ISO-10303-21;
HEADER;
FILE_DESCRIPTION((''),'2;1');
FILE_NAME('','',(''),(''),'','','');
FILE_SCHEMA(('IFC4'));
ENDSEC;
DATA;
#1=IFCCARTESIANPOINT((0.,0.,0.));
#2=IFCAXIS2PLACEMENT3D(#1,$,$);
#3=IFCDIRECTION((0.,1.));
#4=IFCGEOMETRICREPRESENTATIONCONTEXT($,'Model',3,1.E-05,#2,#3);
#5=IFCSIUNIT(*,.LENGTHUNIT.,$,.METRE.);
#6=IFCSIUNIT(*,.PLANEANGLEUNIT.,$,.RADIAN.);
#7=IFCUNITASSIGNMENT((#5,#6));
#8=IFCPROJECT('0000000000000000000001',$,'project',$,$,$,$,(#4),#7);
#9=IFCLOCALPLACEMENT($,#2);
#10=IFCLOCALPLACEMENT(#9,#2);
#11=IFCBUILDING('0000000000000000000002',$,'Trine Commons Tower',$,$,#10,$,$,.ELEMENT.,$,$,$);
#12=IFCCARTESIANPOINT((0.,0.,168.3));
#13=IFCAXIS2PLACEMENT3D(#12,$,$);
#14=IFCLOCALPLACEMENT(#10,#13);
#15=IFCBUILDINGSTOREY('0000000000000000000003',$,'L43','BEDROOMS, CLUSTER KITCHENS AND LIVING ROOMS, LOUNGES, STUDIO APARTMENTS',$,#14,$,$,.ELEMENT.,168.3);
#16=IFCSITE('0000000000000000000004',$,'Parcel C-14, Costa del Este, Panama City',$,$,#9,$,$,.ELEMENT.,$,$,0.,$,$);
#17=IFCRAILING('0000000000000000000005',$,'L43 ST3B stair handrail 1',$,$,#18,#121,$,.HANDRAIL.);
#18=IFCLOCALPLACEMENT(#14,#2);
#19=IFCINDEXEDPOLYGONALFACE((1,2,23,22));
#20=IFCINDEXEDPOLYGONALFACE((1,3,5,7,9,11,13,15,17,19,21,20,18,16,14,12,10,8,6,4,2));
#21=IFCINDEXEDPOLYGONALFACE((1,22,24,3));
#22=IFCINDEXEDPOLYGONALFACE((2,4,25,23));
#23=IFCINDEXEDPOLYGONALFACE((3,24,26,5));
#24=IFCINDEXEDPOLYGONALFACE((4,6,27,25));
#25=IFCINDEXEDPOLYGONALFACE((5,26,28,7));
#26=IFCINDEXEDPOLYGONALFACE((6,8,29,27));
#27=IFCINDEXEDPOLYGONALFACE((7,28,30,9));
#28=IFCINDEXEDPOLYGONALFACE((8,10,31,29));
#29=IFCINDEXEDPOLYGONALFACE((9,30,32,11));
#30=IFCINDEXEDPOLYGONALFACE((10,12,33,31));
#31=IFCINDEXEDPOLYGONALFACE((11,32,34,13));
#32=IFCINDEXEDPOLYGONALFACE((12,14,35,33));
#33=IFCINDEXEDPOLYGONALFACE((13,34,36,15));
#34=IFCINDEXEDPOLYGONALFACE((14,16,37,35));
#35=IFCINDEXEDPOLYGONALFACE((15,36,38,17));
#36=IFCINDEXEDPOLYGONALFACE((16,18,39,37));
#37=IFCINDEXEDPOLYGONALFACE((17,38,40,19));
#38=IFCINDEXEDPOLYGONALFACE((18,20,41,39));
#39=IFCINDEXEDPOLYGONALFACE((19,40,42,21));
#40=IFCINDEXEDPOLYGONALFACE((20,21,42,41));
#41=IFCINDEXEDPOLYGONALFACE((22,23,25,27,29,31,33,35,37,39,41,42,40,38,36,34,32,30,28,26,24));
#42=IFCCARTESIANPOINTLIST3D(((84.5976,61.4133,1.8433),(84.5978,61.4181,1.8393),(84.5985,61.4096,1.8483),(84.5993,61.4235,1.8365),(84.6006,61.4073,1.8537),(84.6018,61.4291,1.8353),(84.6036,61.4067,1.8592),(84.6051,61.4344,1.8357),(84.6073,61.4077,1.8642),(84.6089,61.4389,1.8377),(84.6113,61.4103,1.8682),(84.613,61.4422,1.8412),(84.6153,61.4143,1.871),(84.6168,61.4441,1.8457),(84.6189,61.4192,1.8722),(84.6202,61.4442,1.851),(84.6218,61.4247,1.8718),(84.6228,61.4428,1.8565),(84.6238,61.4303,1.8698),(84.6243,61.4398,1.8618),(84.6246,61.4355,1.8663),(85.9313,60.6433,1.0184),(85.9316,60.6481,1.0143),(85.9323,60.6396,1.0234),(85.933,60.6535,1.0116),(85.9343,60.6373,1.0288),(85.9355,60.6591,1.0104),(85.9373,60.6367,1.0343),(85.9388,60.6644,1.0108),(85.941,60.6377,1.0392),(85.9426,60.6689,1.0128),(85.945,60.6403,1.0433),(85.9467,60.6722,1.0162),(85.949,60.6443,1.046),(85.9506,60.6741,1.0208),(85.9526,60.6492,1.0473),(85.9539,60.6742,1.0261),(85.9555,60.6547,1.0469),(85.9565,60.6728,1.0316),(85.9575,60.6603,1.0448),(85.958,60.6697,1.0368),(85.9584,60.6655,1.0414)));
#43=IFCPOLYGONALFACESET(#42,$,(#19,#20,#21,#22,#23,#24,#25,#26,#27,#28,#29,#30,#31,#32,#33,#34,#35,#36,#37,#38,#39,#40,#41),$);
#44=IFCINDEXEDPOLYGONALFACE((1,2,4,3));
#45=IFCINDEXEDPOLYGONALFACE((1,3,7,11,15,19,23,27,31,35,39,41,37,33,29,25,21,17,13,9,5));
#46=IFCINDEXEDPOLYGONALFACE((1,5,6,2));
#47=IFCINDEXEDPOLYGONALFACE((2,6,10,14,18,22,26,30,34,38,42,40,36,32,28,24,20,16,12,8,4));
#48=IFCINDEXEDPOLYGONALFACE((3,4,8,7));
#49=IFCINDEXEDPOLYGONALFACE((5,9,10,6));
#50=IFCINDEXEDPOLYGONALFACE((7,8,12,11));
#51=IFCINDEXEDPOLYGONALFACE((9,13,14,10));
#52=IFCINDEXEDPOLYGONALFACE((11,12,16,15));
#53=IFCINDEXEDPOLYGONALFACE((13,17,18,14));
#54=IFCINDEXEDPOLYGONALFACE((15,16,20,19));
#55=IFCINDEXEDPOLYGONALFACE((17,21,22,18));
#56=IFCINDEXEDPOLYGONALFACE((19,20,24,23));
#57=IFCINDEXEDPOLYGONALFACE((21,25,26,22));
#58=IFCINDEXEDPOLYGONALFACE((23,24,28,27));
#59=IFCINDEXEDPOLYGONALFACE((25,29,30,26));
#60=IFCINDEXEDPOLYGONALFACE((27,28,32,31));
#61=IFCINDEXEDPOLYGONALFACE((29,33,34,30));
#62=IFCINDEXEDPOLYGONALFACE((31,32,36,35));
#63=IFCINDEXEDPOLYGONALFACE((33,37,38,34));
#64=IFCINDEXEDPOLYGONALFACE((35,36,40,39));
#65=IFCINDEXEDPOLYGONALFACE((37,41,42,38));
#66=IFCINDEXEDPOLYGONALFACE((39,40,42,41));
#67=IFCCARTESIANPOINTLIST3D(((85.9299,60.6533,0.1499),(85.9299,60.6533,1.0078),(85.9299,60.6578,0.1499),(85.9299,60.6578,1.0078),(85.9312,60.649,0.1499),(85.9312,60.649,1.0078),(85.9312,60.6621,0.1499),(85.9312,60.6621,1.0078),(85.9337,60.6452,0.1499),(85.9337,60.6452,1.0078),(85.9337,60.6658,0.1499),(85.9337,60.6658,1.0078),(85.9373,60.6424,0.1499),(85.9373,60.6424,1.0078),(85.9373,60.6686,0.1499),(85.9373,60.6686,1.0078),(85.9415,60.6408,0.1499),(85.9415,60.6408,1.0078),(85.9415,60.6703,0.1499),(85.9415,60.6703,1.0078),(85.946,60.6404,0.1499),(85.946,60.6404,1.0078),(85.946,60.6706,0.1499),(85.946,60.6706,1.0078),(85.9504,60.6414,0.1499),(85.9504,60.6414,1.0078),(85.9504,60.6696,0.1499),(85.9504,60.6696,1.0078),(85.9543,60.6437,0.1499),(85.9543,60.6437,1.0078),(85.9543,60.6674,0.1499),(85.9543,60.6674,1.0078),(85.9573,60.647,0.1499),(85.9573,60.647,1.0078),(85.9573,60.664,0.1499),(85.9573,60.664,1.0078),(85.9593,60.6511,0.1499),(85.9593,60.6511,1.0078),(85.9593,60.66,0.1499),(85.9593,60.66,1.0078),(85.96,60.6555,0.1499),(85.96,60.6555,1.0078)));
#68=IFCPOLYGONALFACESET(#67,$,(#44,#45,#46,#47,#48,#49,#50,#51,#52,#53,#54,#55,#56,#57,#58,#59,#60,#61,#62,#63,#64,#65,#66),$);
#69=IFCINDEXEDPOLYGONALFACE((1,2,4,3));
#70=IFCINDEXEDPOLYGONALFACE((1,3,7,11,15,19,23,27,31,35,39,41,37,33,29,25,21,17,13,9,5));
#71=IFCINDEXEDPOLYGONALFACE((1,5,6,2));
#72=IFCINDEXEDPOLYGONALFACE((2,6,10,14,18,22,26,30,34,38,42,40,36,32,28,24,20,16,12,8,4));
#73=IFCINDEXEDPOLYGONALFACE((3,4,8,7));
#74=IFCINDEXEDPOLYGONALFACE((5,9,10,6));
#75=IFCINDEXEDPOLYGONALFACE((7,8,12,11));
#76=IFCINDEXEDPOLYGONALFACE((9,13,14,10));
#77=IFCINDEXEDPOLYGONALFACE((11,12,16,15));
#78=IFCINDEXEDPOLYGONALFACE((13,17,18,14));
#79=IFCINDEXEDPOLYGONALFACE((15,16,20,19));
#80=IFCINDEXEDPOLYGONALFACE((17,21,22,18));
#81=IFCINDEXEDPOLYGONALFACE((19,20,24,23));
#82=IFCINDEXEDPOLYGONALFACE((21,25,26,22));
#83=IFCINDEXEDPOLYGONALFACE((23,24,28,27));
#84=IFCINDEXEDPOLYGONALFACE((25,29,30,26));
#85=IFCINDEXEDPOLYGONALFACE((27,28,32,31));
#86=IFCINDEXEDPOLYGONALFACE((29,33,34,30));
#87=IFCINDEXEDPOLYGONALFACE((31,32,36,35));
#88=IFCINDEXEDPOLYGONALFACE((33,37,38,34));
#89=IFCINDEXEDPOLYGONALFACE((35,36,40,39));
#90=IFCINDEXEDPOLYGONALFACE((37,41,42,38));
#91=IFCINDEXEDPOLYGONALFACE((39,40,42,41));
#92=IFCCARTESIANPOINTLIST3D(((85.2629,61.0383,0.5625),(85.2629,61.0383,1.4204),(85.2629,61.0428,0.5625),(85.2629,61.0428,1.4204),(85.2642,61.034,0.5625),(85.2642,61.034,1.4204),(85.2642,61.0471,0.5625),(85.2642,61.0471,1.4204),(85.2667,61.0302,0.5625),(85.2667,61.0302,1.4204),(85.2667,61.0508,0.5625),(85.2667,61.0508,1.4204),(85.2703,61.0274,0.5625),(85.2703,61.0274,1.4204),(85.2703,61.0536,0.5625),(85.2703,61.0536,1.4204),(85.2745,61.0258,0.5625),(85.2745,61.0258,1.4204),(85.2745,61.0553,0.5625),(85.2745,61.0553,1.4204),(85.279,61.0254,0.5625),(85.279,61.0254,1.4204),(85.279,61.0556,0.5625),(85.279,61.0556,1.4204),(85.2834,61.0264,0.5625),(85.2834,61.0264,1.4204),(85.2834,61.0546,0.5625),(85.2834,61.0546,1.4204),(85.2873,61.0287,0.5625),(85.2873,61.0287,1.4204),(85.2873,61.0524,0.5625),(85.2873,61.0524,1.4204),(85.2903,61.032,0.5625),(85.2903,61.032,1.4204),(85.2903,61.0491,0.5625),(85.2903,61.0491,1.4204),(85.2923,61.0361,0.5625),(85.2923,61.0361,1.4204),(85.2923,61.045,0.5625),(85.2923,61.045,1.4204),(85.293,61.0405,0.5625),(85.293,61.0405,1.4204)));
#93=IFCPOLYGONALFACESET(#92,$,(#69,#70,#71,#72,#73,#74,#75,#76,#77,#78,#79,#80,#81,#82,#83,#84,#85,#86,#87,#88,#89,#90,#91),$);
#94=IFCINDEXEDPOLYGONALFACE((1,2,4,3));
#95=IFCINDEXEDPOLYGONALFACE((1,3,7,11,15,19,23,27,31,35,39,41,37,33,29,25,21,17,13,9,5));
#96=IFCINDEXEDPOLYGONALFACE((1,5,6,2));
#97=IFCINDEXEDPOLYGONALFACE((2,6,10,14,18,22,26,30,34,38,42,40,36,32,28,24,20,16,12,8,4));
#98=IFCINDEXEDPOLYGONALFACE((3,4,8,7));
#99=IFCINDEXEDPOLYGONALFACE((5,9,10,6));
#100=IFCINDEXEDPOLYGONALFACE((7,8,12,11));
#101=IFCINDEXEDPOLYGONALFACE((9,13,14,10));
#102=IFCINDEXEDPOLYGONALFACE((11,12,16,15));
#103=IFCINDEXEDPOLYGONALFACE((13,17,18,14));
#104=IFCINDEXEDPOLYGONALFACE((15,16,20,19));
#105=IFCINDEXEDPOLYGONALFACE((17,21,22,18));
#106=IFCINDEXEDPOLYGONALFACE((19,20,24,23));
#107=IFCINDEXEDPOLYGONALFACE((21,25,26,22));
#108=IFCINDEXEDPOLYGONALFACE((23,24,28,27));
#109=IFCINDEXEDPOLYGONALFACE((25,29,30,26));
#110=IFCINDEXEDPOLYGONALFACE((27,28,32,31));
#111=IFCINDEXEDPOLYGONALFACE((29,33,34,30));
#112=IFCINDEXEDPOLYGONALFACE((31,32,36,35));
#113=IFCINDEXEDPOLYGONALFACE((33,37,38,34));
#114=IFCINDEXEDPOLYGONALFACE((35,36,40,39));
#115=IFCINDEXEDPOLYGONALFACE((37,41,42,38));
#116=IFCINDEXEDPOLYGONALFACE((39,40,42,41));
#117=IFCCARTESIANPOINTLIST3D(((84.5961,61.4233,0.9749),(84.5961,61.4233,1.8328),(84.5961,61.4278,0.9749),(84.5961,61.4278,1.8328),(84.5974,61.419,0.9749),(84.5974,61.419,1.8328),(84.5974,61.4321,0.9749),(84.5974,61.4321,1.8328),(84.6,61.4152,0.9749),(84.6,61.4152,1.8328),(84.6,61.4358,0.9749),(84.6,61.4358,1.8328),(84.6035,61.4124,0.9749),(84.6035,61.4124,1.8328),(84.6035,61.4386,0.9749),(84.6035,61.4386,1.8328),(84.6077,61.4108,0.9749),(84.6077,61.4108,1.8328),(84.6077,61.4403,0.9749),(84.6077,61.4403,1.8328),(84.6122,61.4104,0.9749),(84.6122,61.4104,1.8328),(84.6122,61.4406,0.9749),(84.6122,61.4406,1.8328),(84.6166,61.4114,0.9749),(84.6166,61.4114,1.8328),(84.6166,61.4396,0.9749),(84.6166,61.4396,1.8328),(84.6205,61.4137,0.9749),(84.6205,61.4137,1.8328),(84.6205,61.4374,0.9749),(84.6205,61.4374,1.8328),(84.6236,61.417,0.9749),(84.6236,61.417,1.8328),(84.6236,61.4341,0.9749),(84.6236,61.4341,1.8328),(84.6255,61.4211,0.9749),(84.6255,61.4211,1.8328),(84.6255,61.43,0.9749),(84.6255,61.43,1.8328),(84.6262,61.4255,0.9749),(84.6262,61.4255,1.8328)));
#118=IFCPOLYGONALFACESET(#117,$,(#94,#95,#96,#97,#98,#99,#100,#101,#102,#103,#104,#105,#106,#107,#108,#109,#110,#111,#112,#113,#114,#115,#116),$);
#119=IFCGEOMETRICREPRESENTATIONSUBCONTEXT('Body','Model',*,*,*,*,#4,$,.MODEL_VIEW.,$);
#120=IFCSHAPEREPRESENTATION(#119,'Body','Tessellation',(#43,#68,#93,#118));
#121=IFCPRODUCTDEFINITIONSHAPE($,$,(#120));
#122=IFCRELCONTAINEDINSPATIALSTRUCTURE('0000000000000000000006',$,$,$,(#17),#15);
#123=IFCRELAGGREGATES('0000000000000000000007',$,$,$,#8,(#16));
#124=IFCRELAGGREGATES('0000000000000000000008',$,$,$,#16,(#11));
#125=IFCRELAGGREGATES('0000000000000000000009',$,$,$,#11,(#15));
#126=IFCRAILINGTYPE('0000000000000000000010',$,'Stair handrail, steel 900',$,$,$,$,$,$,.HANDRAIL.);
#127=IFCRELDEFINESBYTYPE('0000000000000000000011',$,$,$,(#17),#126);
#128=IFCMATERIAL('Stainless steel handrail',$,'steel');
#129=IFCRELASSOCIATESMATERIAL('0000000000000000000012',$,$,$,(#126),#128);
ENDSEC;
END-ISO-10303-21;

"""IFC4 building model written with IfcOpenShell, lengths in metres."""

from ifc_helpers import new_model, si_unit, direction, frame, origin, origin_2d, place, context, subcontext, project, spatial, circle, extrude, material, type_object, element, save


model = new_model("IFC4")

# Units and contexts
model_context = context("Model", 3, precision=1e-05, world=origin(), true_north=direction((0.0, 1.0)))
body_context = subcontext(model_context, "Body", "Model", "MODEL_VIEW")
ifc_project = project(units=[si_unit("LENGTHUNIT", "METRE"), si_unit("PLANEANGLEUNIT", "RADIAN")], contexts=[model_context])

# Site, building, storey
site_placement = place(None, origin())
site = spatial("IfcSite", under=ifc_project, at=site_placement, Name="Parcel C-14, Costa del Este, Panama City", CompositionType="ELEMENT", RefElevation=0.0)
building_placement = place(site_placement, origin())
building = spatial("IfcBuilding", under=site, at=building_placement, Name="Trine Commons Tower", CompositionType="ELEMENT")
storey_placement = place(building_placement, frame((0.0, 0.0, 168.3)))
storey = spatial("IfcBuildingStorey", under=building, at=storey_placement, Name="L43", Description="BEDROOMS, CLUSTER KITCHENS AND LIVING ROOMS, LOUNGES, STUDIO APARTMENTS", CompositionType="ELEMENT", Elevation=168.3)

# Railing
ifc_material_1 = material(Name="Stainless steel handrail", Category="steel")
railing_type = type_object("IfcRailingType", Name="Stair handrail, steel 900", PredefinedType="HANDRAIL", material=ifc_material_1)
railing_placement = place(storey_placement, frame((85.9448, 60.6555, 0.1499)))
element("IfcRailing", 1, at=railing_placement, inside=storey, type_object=railing_type, Name="L43 ST3B stair handrail 1", PredefinedType="HANDRAIL", context=body_context, shape_type="SweptSolid", body=[
    extrude(circle(Radius=0.021, at=origin_2d()), frame((0.0, 0.0, 0.8789), z_axis=(-0.763405, 0.440743, 0.472185), x_axis=(-0.499992, -0.86603, 0.0)), (0.0, 0.0, 1.0), 1.7471),
    extrude(circle(Radius=0.0151, at=origin_2d()), origin(), (0.0, 0.0, 1.0), 0.8579),
    extrude(circle(Radius=0.0151, at=origin_2d()), frame((-0.667, 0.385, 0.4126)), (0.0, 0.0, 1.0), 0.8579),
    extrude(circle(Radius=0.0151, at=origin_2d()), frame((-1.3337, 0.77, 0.825)), (0.0, 0.0, 1.0), 0.8579),
])

save(model, "model.ifc")
